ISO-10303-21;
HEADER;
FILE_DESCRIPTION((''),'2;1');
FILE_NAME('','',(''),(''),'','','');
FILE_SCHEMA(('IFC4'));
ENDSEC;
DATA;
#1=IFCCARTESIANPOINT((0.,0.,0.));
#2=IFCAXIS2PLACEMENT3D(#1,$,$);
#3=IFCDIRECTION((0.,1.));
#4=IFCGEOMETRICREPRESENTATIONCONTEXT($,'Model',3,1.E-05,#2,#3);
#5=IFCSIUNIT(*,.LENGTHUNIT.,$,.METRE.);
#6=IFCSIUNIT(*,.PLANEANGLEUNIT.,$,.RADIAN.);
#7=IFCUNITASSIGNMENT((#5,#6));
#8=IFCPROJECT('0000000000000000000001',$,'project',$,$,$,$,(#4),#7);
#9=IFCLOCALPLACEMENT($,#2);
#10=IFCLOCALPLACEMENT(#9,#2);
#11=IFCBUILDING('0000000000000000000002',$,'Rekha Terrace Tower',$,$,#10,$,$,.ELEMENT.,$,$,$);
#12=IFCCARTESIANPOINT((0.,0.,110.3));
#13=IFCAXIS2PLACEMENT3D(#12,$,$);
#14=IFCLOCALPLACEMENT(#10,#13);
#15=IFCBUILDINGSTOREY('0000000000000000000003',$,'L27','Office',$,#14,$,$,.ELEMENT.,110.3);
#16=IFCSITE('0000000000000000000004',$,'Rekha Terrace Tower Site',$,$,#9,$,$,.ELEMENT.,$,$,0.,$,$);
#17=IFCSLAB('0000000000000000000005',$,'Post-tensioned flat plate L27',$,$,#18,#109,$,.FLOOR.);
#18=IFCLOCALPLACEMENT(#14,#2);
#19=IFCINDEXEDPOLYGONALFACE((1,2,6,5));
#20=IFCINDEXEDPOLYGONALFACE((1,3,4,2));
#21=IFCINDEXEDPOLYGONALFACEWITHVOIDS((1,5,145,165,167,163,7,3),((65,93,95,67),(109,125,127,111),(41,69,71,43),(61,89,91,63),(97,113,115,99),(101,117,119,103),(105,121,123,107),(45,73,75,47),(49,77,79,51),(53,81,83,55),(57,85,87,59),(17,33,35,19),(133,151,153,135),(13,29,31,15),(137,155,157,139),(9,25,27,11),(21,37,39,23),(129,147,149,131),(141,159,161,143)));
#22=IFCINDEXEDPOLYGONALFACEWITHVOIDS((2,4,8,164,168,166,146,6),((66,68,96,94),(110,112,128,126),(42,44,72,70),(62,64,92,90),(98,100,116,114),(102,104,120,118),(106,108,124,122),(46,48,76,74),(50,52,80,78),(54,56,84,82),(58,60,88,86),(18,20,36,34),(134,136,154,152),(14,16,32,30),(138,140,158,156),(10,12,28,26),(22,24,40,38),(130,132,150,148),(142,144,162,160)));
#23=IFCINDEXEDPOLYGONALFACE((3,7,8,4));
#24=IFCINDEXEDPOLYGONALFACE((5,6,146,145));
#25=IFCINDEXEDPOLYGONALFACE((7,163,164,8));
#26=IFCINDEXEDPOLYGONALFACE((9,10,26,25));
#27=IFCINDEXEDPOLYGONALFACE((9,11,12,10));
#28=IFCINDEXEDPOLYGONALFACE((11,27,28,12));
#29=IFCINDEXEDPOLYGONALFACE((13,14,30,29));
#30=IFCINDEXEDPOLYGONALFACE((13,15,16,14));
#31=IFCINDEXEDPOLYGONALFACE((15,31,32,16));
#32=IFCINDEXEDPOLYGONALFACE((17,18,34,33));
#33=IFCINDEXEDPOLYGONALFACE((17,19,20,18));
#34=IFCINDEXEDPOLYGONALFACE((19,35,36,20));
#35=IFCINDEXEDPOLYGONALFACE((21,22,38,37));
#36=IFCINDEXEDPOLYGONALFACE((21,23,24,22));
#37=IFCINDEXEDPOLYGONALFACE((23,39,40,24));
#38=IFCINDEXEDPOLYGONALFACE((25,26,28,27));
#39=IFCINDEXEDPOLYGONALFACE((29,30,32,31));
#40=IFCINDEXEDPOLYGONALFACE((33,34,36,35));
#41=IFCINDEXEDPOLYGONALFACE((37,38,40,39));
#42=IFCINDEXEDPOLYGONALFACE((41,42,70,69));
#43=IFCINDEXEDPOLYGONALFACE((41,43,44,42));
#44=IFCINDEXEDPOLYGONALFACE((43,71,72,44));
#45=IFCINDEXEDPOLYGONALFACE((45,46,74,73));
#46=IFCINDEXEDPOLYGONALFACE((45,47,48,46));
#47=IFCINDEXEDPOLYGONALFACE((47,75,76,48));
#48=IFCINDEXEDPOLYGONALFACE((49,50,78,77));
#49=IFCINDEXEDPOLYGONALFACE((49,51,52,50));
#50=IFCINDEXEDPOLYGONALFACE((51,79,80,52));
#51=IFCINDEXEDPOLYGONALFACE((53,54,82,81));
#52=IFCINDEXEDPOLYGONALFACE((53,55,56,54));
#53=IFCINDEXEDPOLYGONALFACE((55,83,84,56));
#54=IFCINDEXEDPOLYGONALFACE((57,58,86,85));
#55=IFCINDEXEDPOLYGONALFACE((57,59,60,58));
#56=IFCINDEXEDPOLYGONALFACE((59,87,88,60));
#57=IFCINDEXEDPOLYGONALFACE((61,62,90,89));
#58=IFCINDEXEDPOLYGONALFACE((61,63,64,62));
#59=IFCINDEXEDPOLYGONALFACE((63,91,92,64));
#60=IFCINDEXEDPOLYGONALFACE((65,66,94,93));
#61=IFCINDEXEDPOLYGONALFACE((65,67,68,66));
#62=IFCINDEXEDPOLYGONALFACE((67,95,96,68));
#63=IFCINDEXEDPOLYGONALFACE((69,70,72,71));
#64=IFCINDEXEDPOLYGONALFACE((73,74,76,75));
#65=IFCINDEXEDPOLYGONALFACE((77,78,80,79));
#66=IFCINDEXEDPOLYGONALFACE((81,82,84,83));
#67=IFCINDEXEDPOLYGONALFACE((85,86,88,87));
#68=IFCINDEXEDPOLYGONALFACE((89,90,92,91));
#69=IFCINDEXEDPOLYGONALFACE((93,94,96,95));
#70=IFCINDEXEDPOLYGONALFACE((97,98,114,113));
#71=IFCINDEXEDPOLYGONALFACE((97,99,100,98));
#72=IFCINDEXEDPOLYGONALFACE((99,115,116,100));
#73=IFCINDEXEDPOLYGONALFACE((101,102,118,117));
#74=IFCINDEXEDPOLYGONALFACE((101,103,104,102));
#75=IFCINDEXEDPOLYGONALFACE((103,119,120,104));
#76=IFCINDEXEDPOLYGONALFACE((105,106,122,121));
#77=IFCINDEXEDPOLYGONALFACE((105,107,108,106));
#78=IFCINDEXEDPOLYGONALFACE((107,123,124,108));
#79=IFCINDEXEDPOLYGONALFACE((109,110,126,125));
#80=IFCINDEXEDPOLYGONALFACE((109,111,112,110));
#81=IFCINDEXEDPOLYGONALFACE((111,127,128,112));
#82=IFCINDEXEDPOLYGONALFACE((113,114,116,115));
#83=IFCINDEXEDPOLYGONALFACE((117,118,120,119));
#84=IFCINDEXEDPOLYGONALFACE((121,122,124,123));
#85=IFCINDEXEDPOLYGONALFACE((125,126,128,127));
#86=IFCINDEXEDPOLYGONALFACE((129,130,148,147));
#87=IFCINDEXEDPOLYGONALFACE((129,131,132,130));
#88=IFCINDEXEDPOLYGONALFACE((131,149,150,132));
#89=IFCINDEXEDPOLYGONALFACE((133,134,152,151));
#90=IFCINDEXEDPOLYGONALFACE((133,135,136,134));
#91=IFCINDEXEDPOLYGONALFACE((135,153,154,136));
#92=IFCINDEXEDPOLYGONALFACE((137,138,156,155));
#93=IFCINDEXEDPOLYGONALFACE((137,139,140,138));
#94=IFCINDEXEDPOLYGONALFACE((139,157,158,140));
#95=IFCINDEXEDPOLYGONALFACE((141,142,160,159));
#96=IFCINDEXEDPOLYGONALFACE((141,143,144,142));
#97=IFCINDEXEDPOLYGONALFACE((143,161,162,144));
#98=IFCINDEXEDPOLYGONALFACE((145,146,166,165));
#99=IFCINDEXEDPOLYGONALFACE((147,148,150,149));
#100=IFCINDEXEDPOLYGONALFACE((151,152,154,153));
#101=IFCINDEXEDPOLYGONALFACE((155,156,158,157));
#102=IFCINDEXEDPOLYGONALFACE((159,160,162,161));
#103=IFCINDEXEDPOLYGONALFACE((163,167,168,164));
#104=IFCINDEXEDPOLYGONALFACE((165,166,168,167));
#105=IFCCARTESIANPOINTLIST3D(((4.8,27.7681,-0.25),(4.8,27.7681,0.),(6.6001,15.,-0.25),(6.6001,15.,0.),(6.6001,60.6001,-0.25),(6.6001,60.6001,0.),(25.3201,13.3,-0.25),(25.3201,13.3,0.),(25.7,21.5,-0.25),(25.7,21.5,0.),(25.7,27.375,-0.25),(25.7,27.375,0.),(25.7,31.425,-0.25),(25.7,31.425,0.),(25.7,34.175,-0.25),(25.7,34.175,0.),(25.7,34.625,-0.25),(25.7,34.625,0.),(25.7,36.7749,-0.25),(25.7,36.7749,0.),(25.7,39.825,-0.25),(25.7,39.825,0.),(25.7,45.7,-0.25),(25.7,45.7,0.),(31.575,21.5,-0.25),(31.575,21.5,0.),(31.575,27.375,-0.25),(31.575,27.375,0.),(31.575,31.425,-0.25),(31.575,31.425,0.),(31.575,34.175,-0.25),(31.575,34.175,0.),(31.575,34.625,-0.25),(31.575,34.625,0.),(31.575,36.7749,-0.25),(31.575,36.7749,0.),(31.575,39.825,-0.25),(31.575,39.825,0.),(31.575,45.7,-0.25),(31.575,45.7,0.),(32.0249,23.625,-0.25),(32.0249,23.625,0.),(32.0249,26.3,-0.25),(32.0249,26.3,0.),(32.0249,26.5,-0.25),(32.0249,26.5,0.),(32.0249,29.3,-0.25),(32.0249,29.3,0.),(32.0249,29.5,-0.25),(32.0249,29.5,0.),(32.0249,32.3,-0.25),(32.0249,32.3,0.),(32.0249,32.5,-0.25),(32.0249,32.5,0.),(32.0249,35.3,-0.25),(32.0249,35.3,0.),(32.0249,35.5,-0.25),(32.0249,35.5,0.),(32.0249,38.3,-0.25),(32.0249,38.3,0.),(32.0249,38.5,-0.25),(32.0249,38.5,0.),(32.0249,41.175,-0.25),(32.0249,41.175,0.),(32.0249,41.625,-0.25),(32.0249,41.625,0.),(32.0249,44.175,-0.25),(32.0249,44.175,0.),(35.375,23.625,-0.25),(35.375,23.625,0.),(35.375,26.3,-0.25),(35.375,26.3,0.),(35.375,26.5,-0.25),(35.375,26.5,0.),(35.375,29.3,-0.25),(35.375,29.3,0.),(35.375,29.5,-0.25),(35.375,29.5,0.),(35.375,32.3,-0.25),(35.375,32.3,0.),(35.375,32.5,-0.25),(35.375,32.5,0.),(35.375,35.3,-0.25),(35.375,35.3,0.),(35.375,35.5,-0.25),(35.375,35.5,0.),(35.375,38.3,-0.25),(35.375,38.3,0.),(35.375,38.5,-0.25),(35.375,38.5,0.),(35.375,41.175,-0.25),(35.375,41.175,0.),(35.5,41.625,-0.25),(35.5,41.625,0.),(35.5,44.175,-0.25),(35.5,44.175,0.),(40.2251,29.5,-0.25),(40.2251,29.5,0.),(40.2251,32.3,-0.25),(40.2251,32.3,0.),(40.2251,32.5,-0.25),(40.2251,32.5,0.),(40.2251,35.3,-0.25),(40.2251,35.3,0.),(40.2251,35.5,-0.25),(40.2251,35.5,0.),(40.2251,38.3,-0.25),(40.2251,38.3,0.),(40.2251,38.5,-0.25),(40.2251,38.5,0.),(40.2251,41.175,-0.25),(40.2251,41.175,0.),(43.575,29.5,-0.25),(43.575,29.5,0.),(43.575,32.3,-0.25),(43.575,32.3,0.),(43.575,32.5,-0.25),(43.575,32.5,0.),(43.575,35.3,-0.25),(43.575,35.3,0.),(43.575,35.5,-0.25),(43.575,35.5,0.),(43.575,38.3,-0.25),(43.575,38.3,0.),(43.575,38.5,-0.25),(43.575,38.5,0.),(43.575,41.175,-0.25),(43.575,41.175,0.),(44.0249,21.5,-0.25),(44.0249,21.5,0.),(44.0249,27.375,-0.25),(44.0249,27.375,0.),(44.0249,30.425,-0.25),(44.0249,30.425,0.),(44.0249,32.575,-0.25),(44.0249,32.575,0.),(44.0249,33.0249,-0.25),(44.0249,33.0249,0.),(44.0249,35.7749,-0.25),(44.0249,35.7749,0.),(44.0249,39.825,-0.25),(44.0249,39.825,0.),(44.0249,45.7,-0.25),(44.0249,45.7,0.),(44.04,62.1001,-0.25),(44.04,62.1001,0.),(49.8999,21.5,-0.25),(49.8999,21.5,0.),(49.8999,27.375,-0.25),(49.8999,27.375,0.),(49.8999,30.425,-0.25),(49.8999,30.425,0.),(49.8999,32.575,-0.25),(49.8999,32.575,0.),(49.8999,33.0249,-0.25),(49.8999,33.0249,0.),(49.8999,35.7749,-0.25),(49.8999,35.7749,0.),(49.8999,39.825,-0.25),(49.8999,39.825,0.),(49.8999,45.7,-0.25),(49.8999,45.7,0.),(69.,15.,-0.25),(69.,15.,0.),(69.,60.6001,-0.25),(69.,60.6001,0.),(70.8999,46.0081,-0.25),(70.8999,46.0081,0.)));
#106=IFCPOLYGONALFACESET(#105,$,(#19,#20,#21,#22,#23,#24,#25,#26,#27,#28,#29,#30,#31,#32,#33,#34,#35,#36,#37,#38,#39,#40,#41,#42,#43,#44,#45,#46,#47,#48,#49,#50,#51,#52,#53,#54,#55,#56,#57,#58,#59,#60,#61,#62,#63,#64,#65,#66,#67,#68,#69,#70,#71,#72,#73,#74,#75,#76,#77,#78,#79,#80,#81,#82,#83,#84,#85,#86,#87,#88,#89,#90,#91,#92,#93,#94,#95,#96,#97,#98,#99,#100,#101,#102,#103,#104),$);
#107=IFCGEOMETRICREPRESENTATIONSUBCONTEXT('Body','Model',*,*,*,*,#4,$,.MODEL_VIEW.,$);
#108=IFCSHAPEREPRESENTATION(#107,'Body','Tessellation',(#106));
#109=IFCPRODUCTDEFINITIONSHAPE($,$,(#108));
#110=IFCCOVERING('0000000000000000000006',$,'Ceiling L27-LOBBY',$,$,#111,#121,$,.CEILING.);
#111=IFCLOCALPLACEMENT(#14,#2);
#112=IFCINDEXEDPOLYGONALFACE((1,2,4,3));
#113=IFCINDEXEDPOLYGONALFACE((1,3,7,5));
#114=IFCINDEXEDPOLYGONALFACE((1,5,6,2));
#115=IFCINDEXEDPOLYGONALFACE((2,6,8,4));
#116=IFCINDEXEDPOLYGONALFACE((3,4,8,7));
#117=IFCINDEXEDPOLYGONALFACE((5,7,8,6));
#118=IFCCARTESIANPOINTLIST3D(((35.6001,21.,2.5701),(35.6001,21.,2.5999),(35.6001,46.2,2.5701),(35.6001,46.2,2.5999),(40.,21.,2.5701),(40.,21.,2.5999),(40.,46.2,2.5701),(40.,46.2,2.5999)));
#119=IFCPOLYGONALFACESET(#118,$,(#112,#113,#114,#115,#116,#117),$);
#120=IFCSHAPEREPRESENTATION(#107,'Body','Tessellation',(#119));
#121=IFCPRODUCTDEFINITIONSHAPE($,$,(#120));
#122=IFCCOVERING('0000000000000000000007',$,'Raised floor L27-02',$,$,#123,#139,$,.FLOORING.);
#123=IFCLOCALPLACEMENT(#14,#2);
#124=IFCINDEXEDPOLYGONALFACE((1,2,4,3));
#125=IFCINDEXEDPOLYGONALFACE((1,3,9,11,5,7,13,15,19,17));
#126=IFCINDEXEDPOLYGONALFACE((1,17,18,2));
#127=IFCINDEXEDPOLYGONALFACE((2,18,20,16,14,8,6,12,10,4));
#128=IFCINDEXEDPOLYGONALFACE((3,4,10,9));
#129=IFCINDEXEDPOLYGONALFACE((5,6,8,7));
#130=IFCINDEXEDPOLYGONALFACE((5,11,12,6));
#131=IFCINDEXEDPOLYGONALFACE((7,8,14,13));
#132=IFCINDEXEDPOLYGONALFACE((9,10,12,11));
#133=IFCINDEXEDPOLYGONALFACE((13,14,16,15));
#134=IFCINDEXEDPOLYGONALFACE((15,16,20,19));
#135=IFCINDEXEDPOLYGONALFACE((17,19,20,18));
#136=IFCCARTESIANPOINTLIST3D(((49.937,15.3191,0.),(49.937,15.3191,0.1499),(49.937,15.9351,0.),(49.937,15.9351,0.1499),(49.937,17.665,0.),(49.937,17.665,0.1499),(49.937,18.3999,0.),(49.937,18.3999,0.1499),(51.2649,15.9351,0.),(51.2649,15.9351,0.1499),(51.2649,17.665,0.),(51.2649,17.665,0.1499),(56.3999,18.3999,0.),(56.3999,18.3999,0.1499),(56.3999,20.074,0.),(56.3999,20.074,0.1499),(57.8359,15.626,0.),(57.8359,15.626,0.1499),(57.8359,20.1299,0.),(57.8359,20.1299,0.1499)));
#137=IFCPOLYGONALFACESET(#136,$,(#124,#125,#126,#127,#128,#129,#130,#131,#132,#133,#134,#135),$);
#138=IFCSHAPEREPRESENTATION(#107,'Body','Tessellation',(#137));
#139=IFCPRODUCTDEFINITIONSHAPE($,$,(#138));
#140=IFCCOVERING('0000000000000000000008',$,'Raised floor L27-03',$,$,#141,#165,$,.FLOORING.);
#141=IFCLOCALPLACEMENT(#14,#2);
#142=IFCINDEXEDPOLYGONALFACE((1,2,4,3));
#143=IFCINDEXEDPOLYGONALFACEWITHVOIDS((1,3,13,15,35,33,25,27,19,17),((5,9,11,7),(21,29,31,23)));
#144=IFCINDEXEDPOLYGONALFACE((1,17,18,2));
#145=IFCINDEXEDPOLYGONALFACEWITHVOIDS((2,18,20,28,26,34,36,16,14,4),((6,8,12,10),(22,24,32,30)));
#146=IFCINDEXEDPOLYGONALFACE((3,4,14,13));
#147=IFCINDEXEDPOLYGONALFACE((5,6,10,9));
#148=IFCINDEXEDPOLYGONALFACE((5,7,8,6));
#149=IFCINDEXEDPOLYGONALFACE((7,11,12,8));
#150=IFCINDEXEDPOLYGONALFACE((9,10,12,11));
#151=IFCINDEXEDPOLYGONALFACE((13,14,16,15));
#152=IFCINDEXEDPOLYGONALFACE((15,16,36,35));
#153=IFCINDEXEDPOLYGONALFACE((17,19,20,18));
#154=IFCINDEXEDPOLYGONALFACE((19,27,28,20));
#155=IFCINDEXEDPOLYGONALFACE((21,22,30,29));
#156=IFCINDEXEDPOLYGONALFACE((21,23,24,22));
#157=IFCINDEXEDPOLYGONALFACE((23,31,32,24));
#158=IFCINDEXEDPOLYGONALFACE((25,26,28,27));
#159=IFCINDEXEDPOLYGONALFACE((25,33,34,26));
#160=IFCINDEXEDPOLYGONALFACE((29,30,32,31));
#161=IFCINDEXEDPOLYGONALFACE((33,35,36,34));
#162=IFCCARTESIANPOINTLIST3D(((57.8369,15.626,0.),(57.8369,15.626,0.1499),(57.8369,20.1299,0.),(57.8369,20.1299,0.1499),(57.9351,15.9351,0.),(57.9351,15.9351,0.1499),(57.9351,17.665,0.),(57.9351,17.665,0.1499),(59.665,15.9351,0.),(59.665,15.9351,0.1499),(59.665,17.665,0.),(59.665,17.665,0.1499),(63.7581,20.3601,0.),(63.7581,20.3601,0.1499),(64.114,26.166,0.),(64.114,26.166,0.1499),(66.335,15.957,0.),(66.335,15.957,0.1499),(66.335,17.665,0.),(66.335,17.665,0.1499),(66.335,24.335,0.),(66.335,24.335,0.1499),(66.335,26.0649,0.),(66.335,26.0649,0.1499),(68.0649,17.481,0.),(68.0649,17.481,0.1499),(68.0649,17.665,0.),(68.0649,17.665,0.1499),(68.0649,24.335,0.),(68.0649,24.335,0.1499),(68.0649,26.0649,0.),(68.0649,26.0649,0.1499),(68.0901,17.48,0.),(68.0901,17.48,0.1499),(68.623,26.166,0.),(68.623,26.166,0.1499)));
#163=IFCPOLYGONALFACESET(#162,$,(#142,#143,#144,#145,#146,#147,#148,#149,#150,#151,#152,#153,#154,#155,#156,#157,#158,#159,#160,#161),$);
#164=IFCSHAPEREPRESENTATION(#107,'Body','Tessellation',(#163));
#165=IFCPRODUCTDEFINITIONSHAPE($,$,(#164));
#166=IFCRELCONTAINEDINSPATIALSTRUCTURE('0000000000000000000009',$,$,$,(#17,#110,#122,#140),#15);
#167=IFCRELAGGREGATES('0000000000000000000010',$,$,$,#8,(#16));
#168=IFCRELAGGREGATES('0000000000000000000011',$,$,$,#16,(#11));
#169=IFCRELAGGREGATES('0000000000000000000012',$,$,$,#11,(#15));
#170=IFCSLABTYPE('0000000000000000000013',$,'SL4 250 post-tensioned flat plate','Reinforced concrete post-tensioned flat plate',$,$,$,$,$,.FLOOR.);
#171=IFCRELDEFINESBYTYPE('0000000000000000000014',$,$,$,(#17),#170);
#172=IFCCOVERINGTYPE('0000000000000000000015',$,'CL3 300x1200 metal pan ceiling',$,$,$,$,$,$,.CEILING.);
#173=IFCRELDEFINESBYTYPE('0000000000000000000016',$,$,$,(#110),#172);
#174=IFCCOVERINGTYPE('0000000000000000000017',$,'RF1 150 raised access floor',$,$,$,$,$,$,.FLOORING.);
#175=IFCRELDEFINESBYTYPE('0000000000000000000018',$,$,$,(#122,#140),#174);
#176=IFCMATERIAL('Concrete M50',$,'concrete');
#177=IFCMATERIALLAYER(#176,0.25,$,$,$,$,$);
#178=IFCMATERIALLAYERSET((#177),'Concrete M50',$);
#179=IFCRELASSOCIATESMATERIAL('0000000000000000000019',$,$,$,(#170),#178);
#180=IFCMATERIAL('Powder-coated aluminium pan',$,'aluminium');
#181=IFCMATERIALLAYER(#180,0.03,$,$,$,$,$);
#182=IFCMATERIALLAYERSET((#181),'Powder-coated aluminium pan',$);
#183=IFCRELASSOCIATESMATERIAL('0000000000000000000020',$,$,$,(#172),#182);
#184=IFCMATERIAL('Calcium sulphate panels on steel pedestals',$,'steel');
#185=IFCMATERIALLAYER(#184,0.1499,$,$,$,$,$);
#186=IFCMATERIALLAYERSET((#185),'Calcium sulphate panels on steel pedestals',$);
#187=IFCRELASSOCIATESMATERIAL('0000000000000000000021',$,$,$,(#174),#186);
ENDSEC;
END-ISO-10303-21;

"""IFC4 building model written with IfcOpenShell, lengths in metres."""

from ifc_helpers import new_model, si_unit, direction, frame, origin, place, context, subcontext, project, spatial, polyline, outline, extrude, material, layer, layer_set, type_object, element, save


model = new_model("IFC4")

# Units and contexts
model_context = context("Model", 3, precision=1e-05, world=origin(), true_north=direction((0.0, 1.0)))
body_context = subcontext(model_context, "Body", "Model", "MODEL_VIEW")
ifc_project = project(units=[si_unit("LENGTHUNIT", "METRE"), si_unit("PLANEANGLEUNIT", "RADIAN")], contexts=[model_context])

# Site, building, storey
site_placement = place(None, origin())
site = spatial("IfcSite", under=ifc_project, at=site_placement, Name="Rekha Terrace Tower Site", CompositionType="ELEMENT", RefElevation=0.0)
building_placement = place(site_placement, origin())
building = spatial("IfcBuilding", under=site, at=building_placement, Name="Rekha Terrace Tower", CompositionType="ELEMENT")
storey_placement = place(building_placement, frame((0.0, 0.0, 110.3)))
storey = spatial("IfcBuildingStorey", under=building, at=storey_placement, Name="L27", Description="Office", CompositionType="ELEMENT", Elevation=110.3)

# Slab
ifc_material_1 = material(Name="Concrete M50", Category="concrete")
ifc_layer_1 = layer(ifc_material_1, 0.25)
ifc_layer_set_1 = layer_set([ifc_layer_1], Name="Concrete M50")
slab_type_1 = type_object("IfcSlabType", Name="SL4 250 post-tensioned flat plate", Description="Reinforced concrete post-tensioned flat plate", PredefinedType="FLOOR", material=ifc_layer_set_1)
slab_1_placement = place(storey_placement, frame((0.0, 0.0, -0.25)))
element("IfcSlab", 1, at=slab_1_placement, inside=storey, type_object=slab_type_1, Name="Post-tensioned flat plate L27", PredefinedType="FLOOR", context=body_context, shape_type="SweptSolid", body=[
    extrude(outline(polyline([(4.8, 27.7681), (6.6001, 15.0), (25.3201, 13.3), (69.0, 15.0), (70.8999, 46.0081), (69.0, 60.6001), (44.04, 62.1001), (6.6001, 60.6001), (4.8, 27.7681)]), holes=[polyline([(31.575, 27.375), (31.575, 21.5), (25.7, 21.5), (25.7, 27.375), (31.575, 27.375)]), polyline([(35.375, 26.3), (35.375, 23.625), (32.0249, 23.625), (32.0249, 26.3), (35.375, 26.3)]), polyline([(35.375, 29.3), (35.375, 26.5), (32.0249, 26.5), (32.0249, 29.3), (35.375, 29.3)]), polyline([(35.375, 32.3), (35.375, 29.5), (32.0249, 29.5), (32.0249, 32.3), (35.375, 32.3)]), polyline([(31.575, 34.175), (31.575, 31.425), (25.7, 31.425), (25.7, 34.175), (31.575, 34.175)]), polyline([(35.375, 35.3), (35.375, 32.5), (32.0249, 32.5), (32.0249, 35.3), (35.375, 35.3)]), polyline([(31.575, 36.7749), (31.575, 34.625), (25.7, 34.625), (25.7, 36.7749), (31.575, 36.7749)]), polyline([(35.375, 35.5), (32.0249, 35.5), (32.0249, 38.3), (35.375, 38.3), (35.375, 35.5)]), polyline([(35.375, 38.5), (32.0249, 38.5), (32.0249, 41.175), (35.375, 41.175), (35.375, 38.5)]), polyline([(31.575, 45.7), (31.575, 39.825), (25.7, 39.825), (25.7, 45.7), (31.575, 45.7)]), polyline([(49.8999, 27.375), (49.8999, 21.5), (44.0249, 21.5), (44.0249, 27.375), (49.8999, 27.375)]), polyline([(43.575, 32.3), (43.575, 29.5), (40.2251, 29.5), (40.2251, 32.3), (43.575, 32.3)]), polyline([(49.8999, 30.425), (44.0249, 30.425), (44.0249, 32.575), (49.8999, 32.575), (49.8999, 30.425)]), polyline([(43.575, 32.5), (40.2251, 32.5), (40.2251, 35.3), (43.575, 35.3), (43.575, 32.5)]), polyline([(49.8999, 35.7749), (49.8999, 33.0249), (44.0249, 33.0249), (44.0249, 35.7749), (49.8999, 35.7749)]), polyline([(43.575, 38.3), (43.575, 35.5), (40.2251, 35.5), (40.2251, 38.3), (43.575, 38.3)]), polyline([(43.575, 41.175), (43.575, 38.5), (40.2251, 38.5), (40.2251, 41.175), (43.575, 41.175)]), polyline([(49.8999, 39.825), (44.0249, 39.825), (44.0249, 45.7), (49.8999, 45.7), (49.8999, 39.825)]), polyline([(35.5, 41.625), (32.0249, 41.625), (32.0249, 44.175), (35.5, 44.175), (35.5, 41.625)])]), origin(), (0.0, 0.0, 1.0), 0.25),
])

# Coverings
ifc_material_2 = material(Name="Powder-coated aluminium pan", Category="aluminium")
ifc_layer_2 = layer(ifc_material_2, 0.03)
ifc_layer_set_2 = layer_set([ifc_layer_2], Name="Powder-coated aluminium pan")
covering_type_1 = type_object("IfcCoveringType", Name="CL3 300x1200 metal pan ceiling", PredefinedType="CEILING", material=ifc_layer_set_2)
covering_1_placement = place(storey_placement, frame((0.0, 0.0, 2.5701)))
element("IfcCovering", 2, at=covering_1_placement, inside=storey, type_object=covering_type_1, Name="Ceiling L27-LOBBY", PredefinedType="CEILING", context=body_context, shape_type="SweptSolid", body=[
    extrude(outline(polyline([(40.0, 46.2), (35.6001, 46.2), (35.6001, 21.0), (40.0, 21.0), (40.0, 46.2)])), origin(), (0.0, 0.0, 1.0), 0.0298),
])
ifc_material_3 = material(Name="Calcium sulphate panels on steel pedestals", Category="steel")
ifc_layer_3 = layer(ifc_material_3, 0.1499)
ifc_layer_set_3 = layer_set([ifc_layer_3], Name="Calcium sulphate panels on steel pedestals")
covering_type_2 = type_object("IfcCoveringType", Name="RF1 150 raised access floor", PredefinedType="FLOORING", material=ifc_layer_set_3)
covering_2_placement = place(storey_placement, origin())
element("IfcCovering", 3, at=covering_2_placement, inside=storey, type_object=covering_type_2, Name="Raised floor L27-02", PredefinedType="FLOORING", context=body_context, shape_type="SweptSolid", body=[
    extrude(outline(polyline([(56.3999, 20.074), (56.3999, 18.3999), (49.937, 18.3999), (49.937, 17.665), (51.2649, 17.665), (51.2649, 15.9351), (49.937, 15.9351), (49.937, 15.3191), (57.8359, 15.626), (57.8359, 20.1299), (56.3999, 20.074)])), origin(), (0.0, 0.0, 1.0), 0.1499),
])
covering_3_placement = place(storey_placement, origin())
element("IfcCovering", 4, at=covering_3_placement, inside=storey, type_object=covering_type_2, Name="Raised floor L27-03", PredefinedType="FLOORING", context=body_context, shape_type="SweptSolid", body=[
    extrude(outline(polyline([(64.114, 26.166), (63.7581, 20.3601), (57.8369, 20.1299), (57.8369, 15.626), (66.335, 15.957), (66.335, 17.665), (68.0649, 17.665), (68.0649, 17.481), (68.0901, 17.48), (68.623, 26.166), (64.114, 26.166)]), holes=[polyline([(68.0649, 24.335), (66.335, 24.335), (66.335, 26.0649), (68.0649, 26.0649), (68.0649, 24.335)]), polyline([(59.665, 15.9351), (57.9351, 15.9351), (57.9351, 17.665), (59.665, 17.665), (59.665, 15.9351)])]), origin(), (0.0, 0.0, 1.0), 0.1499),
])

save(model, "model.ifc")
